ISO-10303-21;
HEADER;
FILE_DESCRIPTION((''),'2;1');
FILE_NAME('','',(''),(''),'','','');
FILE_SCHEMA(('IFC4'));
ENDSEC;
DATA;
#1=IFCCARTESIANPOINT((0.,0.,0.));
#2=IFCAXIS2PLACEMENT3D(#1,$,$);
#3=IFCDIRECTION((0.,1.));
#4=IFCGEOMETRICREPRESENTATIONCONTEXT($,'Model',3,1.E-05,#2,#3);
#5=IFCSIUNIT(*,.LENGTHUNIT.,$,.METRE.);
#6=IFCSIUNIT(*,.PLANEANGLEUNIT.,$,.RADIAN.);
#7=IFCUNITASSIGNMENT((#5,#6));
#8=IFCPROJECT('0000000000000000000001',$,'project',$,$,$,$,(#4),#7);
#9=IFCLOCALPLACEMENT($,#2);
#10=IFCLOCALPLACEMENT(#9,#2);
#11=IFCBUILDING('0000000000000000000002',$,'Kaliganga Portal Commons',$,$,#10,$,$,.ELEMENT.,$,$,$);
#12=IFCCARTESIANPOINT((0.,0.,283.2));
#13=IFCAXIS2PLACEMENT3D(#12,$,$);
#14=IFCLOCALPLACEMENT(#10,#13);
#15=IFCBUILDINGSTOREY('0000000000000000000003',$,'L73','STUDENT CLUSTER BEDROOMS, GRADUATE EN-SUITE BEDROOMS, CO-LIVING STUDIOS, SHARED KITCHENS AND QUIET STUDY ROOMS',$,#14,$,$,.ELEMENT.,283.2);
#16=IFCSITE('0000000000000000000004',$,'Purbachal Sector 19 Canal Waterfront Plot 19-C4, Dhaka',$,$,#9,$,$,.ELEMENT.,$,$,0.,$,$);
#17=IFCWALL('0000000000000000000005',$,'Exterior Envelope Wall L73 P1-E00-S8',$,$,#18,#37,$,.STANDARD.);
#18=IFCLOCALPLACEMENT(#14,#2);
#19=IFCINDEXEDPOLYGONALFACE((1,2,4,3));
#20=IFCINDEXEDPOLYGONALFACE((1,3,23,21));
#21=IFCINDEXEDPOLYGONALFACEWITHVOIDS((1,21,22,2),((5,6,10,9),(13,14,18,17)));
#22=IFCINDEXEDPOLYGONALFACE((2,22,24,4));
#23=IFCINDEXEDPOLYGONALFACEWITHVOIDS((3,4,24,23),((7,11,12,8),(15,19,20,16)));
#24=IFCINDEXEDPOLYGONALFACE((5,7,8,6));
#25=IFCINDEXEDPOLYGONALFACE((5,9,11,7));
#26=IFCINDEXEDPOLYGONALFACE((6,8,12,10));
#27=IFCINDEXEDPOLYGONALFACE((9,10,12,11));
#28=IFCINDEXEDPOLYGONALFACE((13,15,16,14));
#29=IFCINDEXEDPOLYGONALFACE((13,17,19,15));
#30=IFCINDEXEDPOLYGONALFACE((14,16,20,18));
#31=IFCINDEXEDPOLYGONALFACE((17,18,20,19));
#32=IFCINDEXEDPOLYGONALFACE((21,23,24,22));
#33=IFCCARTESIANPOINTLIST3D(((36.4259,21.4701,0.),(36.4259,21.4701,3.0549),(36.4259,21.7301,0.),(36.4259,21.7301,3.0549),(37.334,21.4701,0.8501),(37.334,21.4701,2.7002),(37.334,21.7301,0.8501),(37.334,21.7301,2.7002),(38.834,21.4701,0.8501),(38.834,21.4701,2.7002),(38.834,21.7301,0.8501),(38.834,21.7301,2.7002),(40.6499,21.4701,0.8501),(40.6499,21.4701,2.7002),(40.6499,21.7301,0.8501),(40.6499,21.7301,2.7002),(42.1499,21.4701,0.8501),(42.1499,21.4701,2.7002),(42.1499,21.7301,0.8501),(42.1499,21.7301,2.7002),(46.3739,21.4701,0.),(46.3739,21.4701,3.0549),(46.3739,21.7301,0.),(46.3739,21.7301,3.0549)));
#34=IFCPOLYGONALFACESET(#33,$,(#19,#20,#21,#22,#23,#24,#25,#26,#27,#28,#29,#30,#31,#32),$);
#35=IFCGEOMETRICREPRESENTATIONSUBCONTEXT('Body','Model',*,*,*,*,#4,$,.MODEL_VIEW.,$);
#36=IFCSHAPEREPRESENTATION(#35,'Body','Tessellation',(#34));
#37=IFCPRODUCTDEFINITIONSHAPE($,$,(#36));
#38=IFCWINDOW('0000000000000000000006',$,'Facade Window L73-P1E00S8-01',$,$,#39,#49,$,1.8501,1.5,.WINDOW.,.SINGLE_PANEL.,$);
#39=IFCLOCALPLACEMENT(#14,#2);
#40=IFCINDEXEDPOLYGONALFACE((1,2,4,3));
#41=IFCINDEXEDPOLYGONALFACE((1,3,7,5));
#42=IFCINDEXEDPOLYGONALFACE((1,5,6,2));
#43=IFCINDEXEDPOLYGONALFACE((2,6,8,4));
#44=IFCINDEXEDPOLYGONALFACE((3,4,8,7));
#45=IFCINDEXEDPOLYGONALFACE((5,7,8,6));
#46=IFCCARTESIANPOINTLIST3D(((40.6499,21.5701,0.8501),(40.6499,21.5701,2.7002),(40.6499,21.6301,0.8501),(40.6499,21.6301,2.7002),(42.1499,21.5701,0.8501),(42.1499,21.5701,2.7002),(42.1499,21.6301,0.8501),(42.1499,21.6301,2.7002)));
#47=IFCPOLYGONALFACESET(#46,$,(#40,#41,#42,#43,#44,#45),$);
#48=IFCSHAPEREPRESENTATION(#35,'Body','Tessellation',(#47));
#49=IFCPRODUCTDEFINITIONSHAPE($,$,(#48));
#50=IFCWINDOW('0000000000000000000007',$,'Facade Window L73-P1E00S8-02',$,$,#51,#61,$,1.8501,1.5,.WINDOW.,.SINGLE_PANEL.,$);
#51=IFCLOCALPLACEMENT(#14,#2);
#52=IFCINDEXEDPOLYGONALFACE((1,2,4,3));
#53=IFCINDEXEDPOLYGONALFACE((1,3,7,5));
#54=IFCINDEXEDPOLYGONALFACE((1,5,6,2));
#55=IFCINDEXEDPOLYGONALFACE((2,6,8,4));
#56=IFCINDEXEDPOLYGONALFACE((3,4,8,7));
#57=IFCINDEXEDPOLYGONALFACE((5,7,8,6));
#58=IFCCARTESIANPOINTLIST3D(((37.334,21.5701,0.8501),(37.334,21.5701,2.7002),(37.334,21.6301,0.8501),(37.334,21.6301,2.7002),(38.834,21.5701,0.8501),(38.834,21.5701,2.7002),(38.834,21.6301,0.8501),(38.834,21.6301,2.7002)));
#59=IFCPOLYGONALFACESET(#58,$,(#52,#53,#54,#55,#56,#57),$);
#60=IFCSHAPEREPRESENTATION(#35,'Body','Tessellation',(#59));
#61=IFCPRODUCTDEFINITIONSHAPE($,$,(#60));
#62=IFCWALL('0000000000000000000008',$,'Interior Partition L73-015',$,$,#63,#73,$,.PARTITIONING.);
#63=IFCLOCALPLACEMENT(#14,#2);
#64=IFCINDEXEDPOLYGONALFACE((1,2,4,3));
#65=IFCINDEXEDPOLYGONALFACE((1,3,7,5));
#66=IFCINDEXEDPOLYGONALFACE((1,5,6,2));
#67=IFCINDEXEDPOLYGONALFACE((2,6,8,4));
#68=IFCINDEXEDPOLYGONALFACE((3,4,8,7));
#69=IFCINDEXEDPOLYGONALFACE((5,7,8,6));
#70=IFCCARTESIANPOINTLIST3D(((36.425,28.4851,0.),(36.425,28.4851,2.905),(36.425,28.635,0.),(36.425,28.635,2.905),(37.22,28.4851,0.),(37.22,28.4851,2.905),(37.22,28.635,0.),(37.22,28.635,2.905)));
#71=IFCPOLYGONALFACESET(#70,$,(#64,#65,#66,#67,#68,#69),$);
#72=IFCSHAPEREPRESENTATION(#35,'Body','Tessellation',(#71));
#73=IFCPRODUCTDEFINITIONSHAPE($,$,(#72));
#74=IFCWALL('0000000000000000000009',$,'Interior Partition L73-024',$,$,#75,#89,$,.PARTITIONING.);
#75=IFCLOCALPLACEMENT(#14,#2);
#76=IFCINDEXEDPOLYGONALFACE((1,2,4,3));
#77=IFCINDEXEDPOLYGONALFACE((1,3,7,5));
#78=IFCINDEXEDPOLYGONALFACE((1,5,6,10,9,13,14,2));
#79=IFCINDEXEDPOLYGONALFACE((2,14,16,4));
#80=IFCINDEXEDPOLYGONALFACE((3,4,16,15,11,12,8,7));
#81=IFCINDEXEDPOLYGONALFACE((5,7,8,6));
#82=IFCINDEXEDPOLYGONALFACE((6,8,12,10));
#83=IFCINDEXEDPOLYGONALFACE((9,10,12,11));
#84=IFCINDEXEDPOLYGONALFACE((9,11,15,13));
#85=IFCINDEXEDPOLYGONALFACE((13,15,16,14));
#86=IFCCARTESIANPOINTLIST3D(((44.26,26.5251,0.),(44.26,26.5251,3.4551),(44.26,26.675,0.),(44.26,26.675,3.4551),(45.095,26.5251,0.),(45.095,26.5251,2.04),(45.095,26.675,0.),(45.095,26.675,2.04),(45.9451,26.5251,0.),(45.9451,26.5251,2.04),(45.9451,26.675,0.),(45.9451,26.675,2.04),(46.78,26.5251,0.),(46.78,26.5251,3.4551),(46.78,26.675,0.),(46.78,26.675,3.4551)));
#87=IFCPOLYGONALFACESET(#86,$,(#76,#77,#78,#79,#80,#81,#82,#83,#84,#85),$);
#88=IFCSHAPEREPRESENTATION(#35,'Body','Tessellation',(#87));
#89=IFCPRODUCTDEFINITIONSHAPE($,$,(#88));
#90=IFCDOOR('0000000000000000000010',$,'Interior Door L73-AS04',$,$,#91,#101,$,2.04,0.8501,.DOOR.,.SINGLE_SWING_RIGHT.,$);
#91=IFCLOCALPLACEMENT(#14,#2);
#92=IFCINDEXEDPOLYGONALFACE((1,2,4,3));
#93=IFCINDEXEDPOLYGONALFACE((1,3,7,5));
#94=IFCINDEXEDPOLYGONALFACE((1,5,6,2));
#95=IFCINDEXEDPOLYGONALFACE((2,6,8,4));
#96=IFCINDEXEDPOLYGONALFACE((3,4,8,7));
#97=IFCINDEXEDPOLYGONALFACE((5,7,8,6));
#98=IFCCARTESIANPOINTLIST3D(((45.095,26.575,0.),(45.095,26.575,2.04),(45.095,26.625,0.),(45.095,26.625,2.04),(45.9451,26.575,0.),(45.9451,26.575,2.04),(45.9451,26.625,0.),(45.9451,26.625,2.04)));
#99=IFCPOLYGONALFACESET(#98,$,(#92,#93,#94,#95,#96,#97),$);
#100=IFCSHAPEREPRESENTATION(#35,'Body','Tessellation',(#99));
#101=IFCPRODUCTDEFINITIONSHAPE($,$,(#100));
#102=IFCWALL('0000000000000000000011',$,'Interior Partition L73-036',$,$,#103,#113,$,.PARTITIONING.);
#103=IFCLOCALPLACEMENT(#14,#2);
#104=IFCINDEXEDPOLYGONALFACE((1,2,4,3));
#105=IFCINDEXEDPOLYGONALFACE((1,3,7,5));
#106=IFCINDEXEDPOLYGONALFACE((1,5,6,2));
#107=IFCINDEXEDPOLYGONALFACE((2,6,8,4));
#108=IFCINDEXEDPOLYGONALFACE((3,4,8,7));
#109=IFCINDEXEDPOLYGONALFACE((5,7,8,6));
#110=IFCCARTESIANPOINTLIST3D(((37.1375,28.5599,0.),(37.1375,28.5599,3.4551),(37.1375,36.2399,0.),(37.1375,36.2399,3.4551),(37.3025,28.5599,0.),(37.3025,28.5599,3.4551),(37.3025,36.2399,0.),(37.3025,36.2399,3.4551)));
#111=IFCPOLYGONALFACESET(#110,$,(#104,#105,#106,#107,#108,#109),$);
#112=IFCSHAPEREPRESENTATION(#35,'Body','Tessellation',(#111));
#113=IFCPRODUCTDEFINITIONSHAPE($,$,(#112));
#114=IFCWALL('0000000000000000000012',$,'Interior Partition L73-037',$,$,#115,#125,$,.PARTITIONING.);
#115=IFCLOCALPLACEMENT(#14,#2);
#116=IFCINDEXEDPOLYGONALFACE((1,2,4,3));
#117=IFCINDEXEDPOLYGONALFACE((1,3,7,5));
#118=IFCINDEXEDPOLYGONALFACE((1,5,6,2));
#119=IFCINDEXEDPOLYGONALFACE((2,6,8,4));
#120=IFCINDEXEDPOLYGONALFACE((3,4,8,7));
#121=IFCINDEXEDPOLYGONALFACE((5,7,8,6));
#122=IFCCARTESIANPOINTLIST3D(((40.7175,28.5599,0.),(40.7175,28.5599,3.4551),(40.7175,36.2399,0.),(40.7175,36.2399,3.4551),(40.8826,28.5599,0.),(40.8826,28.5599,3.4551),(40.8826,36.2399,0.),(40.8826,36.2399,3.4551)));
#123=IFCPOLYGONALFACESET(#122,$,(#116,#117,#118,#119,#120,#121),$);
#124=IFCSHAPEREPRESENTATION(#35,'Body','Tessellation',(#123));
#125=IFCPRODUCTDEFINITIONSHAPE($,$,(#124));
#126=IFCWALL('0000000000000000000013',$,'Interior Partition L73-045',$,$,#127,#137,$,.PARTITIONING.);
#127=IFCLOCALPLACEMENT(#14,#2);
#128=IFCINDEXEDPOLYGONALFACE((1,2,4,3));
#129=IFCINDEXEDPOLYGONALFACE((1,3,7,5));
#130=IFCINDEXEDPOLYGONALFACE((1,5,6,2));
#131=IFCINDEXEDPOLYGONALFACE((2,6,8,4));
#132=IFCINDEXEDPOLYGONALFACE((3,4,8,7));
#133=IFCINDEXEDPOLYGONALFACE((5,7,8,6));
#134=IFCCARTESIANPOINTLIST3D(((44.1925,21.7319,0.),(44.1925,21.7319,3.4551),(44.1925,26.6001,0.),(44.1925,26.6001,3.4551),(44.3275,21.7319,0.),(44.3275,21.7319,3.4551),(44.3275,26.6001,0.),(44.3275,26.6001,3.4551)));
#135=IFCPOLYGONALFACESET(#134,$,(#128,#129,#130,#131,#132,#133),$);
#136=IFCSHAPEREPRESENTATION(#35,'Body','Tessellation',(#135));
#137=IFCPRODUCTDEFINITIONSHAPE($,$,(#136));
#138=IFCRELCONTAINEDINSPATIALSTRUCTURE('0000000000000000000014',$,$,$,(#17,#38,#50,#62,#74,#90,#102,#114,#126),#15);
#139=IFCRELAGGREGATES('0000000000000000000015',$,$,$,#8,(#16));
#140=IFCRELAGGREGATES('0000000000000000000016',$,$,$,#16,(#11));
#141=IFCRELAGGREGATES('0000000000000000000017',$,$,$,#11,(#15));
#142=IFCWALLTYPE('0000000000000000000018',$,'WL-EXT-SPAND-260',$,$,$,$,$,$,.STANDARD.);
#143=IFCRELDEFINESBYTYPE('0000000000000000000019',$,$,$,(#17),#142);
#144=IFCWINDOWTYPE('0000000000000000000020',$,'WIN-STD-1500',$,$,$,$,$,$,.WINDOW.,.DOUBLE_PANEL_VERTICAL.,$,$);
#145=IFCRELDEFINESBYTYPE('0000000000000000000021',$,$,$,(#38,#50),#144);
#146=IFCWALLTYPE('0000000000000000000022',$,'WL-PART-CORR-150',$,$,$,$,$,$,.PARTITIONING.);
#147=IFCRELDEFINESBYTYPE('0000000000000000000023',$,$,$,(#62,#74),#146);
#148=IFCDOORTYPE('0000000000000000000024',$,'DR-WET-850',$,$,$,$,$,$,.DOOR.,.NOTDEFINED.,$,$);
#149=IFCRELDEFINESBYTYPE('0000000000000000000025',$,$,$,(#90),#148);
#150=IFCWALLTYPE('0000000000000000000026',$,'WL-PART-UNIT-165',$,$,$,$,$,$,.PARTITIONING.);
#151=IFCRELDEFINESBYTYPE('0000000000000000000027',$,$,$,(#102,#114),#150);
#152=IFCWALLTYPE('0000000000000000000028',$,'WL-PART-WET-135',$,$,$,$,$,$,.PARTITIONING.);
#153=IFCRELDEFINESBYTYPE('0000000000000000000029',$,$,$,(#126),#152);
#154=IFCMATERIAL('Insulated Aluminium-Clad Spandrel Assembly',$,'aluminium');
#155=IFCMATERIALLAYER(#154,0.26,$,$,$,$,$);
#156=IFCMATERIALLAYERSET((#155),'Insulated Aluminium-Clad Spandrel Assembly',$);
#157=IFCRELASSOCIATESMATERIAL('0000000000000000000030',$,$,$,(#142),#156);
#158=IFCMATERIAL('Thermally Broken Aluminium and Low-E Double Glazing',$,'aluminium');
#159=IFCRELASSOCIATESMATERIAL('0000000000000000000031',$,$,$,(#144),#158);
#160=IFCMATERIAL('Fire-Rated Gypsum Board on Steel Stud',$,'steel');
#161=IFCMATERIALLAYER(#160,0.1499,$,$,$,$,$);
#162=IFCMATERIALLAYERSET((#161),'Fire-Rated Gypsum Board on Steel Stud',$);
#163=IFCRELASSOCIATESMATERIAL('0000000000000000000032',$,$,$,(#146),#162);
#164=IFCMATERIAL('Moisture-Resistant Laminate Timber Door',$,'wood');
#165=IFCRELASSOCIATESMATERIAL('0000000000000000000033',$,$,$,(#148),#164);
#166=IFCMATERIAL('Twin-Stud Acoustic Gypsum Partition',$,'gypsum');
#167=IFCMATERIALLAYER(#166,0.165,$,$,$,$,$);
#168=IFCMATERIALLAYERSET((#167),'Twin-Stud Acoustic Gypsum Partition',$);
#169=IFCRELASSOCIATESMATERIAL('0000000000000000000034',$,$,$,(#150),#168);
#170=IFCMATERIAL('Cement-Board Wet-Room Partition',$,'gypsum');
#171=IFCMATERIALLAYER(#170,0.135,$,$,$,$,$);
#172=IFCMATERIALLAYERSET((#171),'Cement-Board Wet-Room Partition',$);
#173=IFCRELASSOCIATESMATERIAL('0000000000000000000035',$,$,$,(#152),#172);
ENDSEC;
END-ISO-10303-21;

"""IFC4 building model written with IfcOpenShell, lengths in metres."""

from ifc_helpers import new_model, si_unit, direction, frame, frame_2d, origin, place, context, subcontext, project, spatial, rectangle, extrude, material, layer, layer_set, type_object, element, fill, save


model = new_model("IFC4")

# Units and contexts
model_context = context("Model", 3, precision=1e-05, world=origin(), true_north=direction((0.0, 1.0)))
body_context = subcontext(model_context, "Body", "Model", "MODEL_VIEW")
ifc_project = project(units=[si_unit("LENGTHUNIT", "METRE"), si_unit("PLANEANGLEUNIT", "RADIAN")], contexts=[model_context])

# Site, building, storey
site_placement = place(None, origin())
site = spatial("IfcSite", under=ifc_project, at=site_placement, Name="Purbachal Sector 19 Canal Waterfront Plot 19-C4, Dhaka", CompositionType="ELEMENT", RefElevation=0.0)
building_placement = place(site_placement, origin())
building = spatial("IfcBuilding", under=site, at=building_placement, Name="Kaliganga Portal Commons", CompositionType="ELEMENT")
storey_placement = place(building_placement, frame((0.0, 0.0, 283.2)))
storey = spatial("IfcBuildingStorey", under=building, at=storey_placement, Name="L73", Description="STUDENT CLUSTER BEDROOMS, GRADUATE EN-SUITE BEDROOMS, CO-LIVING STUDIOS, SHARED KITCHENS AND QUIET STUDY ROOMS", CompositionType="ELEMENT", Elevation=283.2)

# Wall, openings, windows
ifc_material_1 = material(Name="Insulated Aluminium-Clad Spandrel Assembly", Category="aluminium")
ifc_layer_1 = layer(ifc_material_1, 0.26)
ifc_layer_set_1 = layer_set([ifc_layer_1], Name="Insulated Aluminium-Clad Spandrel Assembly")
wall_type_1 = type_object("IfcWallType", Name="WL-EXT-SPAND-260", PredefinedType="STANDARD", material=ifc_layer_set_1)
wall_1_placement = place(storey_placement, frame((46.374, 21.6001, 0.0), z_axis=(0.0, 0.0, 1.0), x_axis=(-1.0, 0.0, 0.0)))
wall_1 = element("IfcWall", 1, at=wall_1_placement, inside=storey, type_object=wall_type_1, Name="Exterior Envelope Wall L73 P1-E00-S8", PredefinedType="STANDARD", context=body_context, shape_type="SweptSolid", body=[
    extrude(rectangle(XDim=9.948, YDim=0.26, at=frame_2d((4.9741, 0.0))), origin(), (0.0, 0.0, 1.0), 3.0549),
])
opening_1_placement = place(wall_1_placement, frame((4.2241, 0.0, 0.8501)))
opening_1 = element("IfcOpeningElement", 2, at=opening_1_placement, cuts=wall_1, PredefinedType="OPENING", context=body_context, shape_type="SweptSolid", body=[
    extrude(rectangle(XDim=1.5, YDim=1.8501, at=frame_2d((0.75, 0.925))), frame((0.0, 0.1401, 0.0), z_axis=(0.0, -1.0, 0.0), x_axis=(1.0, 0.0, 0.0)), (0.0, 0.0, 1.0), 0.28),
])
opening_2_placement = place(wall_1_placement, frame((7.54, 0.0, 0.8501)))
opening_2 = element("IfcOpeningElement", 3, at=opening_2_placement, cuts=wall_1, PredefinedType="OPENING", context=body_context, shape_type="SweptSolid", body=[
    extrude(rectangle(XDim=1.5, YDim=1.8501, at=frame_2d((0.75, 0.925))), frame((0.0, 0.1401, 0.0), z_axis=(0.0, -1.0, 0.0), x_axis=(1.0, 0.0, 0.0)), (0.0, 0.0, 1.0), 0.28),
])
ifc_material_2 = material(Name="Thermally Broken Aluminium and Low-E Double Glazing", Category="aluminium")
window_type = type_object("IfcWindowType", Name="WIN-STD-1500", PartitioningType="DOUBLE_PANEL_VERTICAL", PredefinedType="WINDOW", material=ifc_material_2)
window_1_placement = place(opening_1_placement, origin())
window_1 = element("IfcWindow", 4, at=window_1_placement, inside=storey, type_object=window_type, Name="Facade Window L73-P1E00S8-01", OverallHeight=1.8501, OverallWidth=1.5, PartitioningType="SINGLE_PANEL", PredefinedType="WINDOW", context=body_context, shape_type="SweptSolid", body=[
    extrude(rectangle(XDim=1.5, YDim=1.8501, at=frame_2d((0.75, 0.925))), frame((0.0, 0.03, 0.0), z_axis=(0.0, -1.0, 0.0), x_axis=(1.0, 0.0, 0.0)), (0.0, 0.0, 1.0), 0.0601),
])
fill(opening_1, window_1)
window_2_placement = place(opening_2_placement, origin())
window_2 = element("IfcWindow", 5, at=window_2_placement, inside=storey, type_object=window_type, Name="Facade Window L73-P1E00S8-02", OverallHeight=1.8501, OverallWidth=1.5, PartitioningType="SINGLE_PANEL", PredefinedType="WINDOW", context=body_context, shape_type="SweptSolid", body=[
    extrude(rectangle(XDim=1.5, YDim=1.8501, at=frame_2d((0.75, 0.925))), frame((0.0, 0.03, 0.0), z_axis=(0.0, -1.0, 0.0), x_axis=(1.0, 0.0, 0.0)), (0.0, 0.0, 1.0), 0.0601),
])
fill(opening_2, window_2)

# Shared definitions
ifc_material_3 = material(Name="Fire-Rated Gypsum Board on Steel Stud", Category="steel")
ifc_layer_2 = layer(ifc_material_3, 0.1499)
ifc_layer_set_2 = layer_set([ifc_layer_2], Name="Fire-Rated Gypsum Board on Steel Stud")
wall_type_2 = type_object("IfcWallType", Name="WL-PART-CORR-150", PredefinedType="PARTITIONING", material=ifc_layer_set_2)

# Wall
wall_2_placement = place(storey_placement, frame((36.425, 28.5601, 0.0), z_axis=(0.0, 0.0, 1.0), x_axis=(1.0, 0.0, 0.0)))
element("IfcWall", 6, at=wall_2_placement, inside=storey, type_object=wall_type_2, Name="Interior Partition L73-015", PredefinedType="PARTITIONING", context=body_context, shape_type="SweptSolid", body=[
    extrude(rectangle(XDim=0.7949, YDim=0.1499, at=frame_2d((0.3975, 0.0))), origin(), (0.0, 0.0, 1.0), 2.905),
])

# Wall, opening, door
wall_3_placement = place(storey_placement, frame((44.26, 26.6001, 0.0), z_axis=(0.0, 0.0, 1.0), x_axis=(1.0, 0.0, 0.0)))
wall_3 = element("IfcWall", 7, at=wall_3_placement, inside=storey, type_object=wall_type_2, Name="Interior Partition L73-024", PredefinedType="PARTITIONING", context=body_context, shape_type="SweptSolid", body=[
    extrude(rectangle(XDim=2.52, YDim=0.1499, at=frame_2d((1.26, 0.0))), origin(), (0.0, 0.0, 1.0), 3.4551),
])
opening_3_placement = place(wall_3_placement, frame((0.835, 0.0, 0.0)))
opening_3 = element("IfcOpeningElement", 8, at=opening_3_placement, cuts=wall_3, PredefinedType="OPENING", context=body_context, shape_type="SweptSolid", body=[
    extrude(rectangle(XDim=0.8501, YDim=2.04, at=frame_2d((0.425, 1.02))), frame((0.0, 0.085, 0.0), z_axis=(0.0, -1.0, 0.0), x_axis=(1.0, 0.0, 0.0)), (0.0, 0.0, 1.0), 0.1699),
])
ifc_material_4 = material(Name="Moisture-Resistant Laminate Timber Door", Category="wood")
door_type_1 = type_object("IfcDoorType", Name="DR-WET-850", OperationType="NOTDEFINED", PredefinedType="DOOR", material=ifc_material_4)
door_1_placement = place(opening_3_placement, origin())
door_1 = element("IfcDoor", 9, at=door_1_placement, inside=storey, type_object=door_type_1, Name="Interior Door L73-AS04", OperationType="SINGLE_SWING_RIGHT", OverallHeight=2.04, OverallWidth=0.8501, PredefinedType="DOOR", context=body_context, shape_type="SweptSolid", body=[
    extrude(rectangle(XDim=0.8501, YDim=2.04, at=frame_2d((0.425, 1.02))), frame((0.0, 0.0249, 0.0), z_axis=(0.0, -1.0, 0.0), x_axis=(1.0, 0.0, 0.0)), (0.0, 0.0, 1.0), 0.05),
])
fill(opening_3, door_1)

# Walls
ifc_material_5 = material(Name="Twin-Stud Acoustic Gypsum Partition", Category="gypsum")
ifc_layer_3 = layer(ifc_material_5, 0.165)
ifc_layer_set_3 = layer_set([ifc_layer_3], Name="Twin-Stud Acoustic Gypsum Partition")
wall_type_3 = type_object("IfcWallType", Name="WL-PART-UNIT-165", PredefinedType="PARTITIONING", material=ifc_layer_set_3)
for number, where, z_axis, x_axis, name in (
    (10, (37.22, 28.5601, 0.0), (0.0, 0.0, 1.0), (0.0, 1.0, 0.0), "Interior Partition L73-036"),
    (11, (40.8, 28.5601, 0.0), (0.0, 0.0, 1.0), (0.0, 1.0, 0.0), "Interior Partition L73-037"),
):
    element("IfcWall", number, at=place(storey_placement, frame(where, z_axis=z_axis, x_axis=x_axis)), inside=storey, type_object=wall_type_3, Name=name, PredefinedType="PARTITIONING", context=body_context, shape_type="SweptSolid", body=[
        extrude(rectangle(XDim=7.6799, YDim=0.165, at=frame_2d((3.8398, 0.0))), origin(), (0.0, 0.0, 1.0), 3.4551),
    ])
ifc_material_6 = material(Name="Cement-Board Wet-Room Partition", Category="gypsum")
ifc_layer_4 = layer(ifc_material_6, 0.135)
ifc_layer_set_4 = layer_set([ifc_layer_4], Name="Cement-Board Wet-Room Partition")
wall_type_4 = type_object("IfcWallType", Name="WL-PART-WET-135", PredefinedType="PARTITIONING", material=ifc_layer_set_4)
wall_4_placement = place(storey_placement, frame((44.26, 21.7319, 0.0), z_axis=(0.0, 0.0, 1.0), x_axis=(0.0, 1.0, 0.0)))
element("IfcWall", 12, at=wall_4_placement, inside=storey, type_object=wall_type_4, Name="Interior Partition L73-045", PredefinedType="PARTITIONING", context=body_context, shape_type="SweptSolid", body=[
    extrude(rectangle(XDim=4.8682, YDim=0.135, at=frame_2d((2.4341, 0.0))), origin(), (0.0, 0.0, 1.0), 3.4551),
])

save(model, "model.ifc")
